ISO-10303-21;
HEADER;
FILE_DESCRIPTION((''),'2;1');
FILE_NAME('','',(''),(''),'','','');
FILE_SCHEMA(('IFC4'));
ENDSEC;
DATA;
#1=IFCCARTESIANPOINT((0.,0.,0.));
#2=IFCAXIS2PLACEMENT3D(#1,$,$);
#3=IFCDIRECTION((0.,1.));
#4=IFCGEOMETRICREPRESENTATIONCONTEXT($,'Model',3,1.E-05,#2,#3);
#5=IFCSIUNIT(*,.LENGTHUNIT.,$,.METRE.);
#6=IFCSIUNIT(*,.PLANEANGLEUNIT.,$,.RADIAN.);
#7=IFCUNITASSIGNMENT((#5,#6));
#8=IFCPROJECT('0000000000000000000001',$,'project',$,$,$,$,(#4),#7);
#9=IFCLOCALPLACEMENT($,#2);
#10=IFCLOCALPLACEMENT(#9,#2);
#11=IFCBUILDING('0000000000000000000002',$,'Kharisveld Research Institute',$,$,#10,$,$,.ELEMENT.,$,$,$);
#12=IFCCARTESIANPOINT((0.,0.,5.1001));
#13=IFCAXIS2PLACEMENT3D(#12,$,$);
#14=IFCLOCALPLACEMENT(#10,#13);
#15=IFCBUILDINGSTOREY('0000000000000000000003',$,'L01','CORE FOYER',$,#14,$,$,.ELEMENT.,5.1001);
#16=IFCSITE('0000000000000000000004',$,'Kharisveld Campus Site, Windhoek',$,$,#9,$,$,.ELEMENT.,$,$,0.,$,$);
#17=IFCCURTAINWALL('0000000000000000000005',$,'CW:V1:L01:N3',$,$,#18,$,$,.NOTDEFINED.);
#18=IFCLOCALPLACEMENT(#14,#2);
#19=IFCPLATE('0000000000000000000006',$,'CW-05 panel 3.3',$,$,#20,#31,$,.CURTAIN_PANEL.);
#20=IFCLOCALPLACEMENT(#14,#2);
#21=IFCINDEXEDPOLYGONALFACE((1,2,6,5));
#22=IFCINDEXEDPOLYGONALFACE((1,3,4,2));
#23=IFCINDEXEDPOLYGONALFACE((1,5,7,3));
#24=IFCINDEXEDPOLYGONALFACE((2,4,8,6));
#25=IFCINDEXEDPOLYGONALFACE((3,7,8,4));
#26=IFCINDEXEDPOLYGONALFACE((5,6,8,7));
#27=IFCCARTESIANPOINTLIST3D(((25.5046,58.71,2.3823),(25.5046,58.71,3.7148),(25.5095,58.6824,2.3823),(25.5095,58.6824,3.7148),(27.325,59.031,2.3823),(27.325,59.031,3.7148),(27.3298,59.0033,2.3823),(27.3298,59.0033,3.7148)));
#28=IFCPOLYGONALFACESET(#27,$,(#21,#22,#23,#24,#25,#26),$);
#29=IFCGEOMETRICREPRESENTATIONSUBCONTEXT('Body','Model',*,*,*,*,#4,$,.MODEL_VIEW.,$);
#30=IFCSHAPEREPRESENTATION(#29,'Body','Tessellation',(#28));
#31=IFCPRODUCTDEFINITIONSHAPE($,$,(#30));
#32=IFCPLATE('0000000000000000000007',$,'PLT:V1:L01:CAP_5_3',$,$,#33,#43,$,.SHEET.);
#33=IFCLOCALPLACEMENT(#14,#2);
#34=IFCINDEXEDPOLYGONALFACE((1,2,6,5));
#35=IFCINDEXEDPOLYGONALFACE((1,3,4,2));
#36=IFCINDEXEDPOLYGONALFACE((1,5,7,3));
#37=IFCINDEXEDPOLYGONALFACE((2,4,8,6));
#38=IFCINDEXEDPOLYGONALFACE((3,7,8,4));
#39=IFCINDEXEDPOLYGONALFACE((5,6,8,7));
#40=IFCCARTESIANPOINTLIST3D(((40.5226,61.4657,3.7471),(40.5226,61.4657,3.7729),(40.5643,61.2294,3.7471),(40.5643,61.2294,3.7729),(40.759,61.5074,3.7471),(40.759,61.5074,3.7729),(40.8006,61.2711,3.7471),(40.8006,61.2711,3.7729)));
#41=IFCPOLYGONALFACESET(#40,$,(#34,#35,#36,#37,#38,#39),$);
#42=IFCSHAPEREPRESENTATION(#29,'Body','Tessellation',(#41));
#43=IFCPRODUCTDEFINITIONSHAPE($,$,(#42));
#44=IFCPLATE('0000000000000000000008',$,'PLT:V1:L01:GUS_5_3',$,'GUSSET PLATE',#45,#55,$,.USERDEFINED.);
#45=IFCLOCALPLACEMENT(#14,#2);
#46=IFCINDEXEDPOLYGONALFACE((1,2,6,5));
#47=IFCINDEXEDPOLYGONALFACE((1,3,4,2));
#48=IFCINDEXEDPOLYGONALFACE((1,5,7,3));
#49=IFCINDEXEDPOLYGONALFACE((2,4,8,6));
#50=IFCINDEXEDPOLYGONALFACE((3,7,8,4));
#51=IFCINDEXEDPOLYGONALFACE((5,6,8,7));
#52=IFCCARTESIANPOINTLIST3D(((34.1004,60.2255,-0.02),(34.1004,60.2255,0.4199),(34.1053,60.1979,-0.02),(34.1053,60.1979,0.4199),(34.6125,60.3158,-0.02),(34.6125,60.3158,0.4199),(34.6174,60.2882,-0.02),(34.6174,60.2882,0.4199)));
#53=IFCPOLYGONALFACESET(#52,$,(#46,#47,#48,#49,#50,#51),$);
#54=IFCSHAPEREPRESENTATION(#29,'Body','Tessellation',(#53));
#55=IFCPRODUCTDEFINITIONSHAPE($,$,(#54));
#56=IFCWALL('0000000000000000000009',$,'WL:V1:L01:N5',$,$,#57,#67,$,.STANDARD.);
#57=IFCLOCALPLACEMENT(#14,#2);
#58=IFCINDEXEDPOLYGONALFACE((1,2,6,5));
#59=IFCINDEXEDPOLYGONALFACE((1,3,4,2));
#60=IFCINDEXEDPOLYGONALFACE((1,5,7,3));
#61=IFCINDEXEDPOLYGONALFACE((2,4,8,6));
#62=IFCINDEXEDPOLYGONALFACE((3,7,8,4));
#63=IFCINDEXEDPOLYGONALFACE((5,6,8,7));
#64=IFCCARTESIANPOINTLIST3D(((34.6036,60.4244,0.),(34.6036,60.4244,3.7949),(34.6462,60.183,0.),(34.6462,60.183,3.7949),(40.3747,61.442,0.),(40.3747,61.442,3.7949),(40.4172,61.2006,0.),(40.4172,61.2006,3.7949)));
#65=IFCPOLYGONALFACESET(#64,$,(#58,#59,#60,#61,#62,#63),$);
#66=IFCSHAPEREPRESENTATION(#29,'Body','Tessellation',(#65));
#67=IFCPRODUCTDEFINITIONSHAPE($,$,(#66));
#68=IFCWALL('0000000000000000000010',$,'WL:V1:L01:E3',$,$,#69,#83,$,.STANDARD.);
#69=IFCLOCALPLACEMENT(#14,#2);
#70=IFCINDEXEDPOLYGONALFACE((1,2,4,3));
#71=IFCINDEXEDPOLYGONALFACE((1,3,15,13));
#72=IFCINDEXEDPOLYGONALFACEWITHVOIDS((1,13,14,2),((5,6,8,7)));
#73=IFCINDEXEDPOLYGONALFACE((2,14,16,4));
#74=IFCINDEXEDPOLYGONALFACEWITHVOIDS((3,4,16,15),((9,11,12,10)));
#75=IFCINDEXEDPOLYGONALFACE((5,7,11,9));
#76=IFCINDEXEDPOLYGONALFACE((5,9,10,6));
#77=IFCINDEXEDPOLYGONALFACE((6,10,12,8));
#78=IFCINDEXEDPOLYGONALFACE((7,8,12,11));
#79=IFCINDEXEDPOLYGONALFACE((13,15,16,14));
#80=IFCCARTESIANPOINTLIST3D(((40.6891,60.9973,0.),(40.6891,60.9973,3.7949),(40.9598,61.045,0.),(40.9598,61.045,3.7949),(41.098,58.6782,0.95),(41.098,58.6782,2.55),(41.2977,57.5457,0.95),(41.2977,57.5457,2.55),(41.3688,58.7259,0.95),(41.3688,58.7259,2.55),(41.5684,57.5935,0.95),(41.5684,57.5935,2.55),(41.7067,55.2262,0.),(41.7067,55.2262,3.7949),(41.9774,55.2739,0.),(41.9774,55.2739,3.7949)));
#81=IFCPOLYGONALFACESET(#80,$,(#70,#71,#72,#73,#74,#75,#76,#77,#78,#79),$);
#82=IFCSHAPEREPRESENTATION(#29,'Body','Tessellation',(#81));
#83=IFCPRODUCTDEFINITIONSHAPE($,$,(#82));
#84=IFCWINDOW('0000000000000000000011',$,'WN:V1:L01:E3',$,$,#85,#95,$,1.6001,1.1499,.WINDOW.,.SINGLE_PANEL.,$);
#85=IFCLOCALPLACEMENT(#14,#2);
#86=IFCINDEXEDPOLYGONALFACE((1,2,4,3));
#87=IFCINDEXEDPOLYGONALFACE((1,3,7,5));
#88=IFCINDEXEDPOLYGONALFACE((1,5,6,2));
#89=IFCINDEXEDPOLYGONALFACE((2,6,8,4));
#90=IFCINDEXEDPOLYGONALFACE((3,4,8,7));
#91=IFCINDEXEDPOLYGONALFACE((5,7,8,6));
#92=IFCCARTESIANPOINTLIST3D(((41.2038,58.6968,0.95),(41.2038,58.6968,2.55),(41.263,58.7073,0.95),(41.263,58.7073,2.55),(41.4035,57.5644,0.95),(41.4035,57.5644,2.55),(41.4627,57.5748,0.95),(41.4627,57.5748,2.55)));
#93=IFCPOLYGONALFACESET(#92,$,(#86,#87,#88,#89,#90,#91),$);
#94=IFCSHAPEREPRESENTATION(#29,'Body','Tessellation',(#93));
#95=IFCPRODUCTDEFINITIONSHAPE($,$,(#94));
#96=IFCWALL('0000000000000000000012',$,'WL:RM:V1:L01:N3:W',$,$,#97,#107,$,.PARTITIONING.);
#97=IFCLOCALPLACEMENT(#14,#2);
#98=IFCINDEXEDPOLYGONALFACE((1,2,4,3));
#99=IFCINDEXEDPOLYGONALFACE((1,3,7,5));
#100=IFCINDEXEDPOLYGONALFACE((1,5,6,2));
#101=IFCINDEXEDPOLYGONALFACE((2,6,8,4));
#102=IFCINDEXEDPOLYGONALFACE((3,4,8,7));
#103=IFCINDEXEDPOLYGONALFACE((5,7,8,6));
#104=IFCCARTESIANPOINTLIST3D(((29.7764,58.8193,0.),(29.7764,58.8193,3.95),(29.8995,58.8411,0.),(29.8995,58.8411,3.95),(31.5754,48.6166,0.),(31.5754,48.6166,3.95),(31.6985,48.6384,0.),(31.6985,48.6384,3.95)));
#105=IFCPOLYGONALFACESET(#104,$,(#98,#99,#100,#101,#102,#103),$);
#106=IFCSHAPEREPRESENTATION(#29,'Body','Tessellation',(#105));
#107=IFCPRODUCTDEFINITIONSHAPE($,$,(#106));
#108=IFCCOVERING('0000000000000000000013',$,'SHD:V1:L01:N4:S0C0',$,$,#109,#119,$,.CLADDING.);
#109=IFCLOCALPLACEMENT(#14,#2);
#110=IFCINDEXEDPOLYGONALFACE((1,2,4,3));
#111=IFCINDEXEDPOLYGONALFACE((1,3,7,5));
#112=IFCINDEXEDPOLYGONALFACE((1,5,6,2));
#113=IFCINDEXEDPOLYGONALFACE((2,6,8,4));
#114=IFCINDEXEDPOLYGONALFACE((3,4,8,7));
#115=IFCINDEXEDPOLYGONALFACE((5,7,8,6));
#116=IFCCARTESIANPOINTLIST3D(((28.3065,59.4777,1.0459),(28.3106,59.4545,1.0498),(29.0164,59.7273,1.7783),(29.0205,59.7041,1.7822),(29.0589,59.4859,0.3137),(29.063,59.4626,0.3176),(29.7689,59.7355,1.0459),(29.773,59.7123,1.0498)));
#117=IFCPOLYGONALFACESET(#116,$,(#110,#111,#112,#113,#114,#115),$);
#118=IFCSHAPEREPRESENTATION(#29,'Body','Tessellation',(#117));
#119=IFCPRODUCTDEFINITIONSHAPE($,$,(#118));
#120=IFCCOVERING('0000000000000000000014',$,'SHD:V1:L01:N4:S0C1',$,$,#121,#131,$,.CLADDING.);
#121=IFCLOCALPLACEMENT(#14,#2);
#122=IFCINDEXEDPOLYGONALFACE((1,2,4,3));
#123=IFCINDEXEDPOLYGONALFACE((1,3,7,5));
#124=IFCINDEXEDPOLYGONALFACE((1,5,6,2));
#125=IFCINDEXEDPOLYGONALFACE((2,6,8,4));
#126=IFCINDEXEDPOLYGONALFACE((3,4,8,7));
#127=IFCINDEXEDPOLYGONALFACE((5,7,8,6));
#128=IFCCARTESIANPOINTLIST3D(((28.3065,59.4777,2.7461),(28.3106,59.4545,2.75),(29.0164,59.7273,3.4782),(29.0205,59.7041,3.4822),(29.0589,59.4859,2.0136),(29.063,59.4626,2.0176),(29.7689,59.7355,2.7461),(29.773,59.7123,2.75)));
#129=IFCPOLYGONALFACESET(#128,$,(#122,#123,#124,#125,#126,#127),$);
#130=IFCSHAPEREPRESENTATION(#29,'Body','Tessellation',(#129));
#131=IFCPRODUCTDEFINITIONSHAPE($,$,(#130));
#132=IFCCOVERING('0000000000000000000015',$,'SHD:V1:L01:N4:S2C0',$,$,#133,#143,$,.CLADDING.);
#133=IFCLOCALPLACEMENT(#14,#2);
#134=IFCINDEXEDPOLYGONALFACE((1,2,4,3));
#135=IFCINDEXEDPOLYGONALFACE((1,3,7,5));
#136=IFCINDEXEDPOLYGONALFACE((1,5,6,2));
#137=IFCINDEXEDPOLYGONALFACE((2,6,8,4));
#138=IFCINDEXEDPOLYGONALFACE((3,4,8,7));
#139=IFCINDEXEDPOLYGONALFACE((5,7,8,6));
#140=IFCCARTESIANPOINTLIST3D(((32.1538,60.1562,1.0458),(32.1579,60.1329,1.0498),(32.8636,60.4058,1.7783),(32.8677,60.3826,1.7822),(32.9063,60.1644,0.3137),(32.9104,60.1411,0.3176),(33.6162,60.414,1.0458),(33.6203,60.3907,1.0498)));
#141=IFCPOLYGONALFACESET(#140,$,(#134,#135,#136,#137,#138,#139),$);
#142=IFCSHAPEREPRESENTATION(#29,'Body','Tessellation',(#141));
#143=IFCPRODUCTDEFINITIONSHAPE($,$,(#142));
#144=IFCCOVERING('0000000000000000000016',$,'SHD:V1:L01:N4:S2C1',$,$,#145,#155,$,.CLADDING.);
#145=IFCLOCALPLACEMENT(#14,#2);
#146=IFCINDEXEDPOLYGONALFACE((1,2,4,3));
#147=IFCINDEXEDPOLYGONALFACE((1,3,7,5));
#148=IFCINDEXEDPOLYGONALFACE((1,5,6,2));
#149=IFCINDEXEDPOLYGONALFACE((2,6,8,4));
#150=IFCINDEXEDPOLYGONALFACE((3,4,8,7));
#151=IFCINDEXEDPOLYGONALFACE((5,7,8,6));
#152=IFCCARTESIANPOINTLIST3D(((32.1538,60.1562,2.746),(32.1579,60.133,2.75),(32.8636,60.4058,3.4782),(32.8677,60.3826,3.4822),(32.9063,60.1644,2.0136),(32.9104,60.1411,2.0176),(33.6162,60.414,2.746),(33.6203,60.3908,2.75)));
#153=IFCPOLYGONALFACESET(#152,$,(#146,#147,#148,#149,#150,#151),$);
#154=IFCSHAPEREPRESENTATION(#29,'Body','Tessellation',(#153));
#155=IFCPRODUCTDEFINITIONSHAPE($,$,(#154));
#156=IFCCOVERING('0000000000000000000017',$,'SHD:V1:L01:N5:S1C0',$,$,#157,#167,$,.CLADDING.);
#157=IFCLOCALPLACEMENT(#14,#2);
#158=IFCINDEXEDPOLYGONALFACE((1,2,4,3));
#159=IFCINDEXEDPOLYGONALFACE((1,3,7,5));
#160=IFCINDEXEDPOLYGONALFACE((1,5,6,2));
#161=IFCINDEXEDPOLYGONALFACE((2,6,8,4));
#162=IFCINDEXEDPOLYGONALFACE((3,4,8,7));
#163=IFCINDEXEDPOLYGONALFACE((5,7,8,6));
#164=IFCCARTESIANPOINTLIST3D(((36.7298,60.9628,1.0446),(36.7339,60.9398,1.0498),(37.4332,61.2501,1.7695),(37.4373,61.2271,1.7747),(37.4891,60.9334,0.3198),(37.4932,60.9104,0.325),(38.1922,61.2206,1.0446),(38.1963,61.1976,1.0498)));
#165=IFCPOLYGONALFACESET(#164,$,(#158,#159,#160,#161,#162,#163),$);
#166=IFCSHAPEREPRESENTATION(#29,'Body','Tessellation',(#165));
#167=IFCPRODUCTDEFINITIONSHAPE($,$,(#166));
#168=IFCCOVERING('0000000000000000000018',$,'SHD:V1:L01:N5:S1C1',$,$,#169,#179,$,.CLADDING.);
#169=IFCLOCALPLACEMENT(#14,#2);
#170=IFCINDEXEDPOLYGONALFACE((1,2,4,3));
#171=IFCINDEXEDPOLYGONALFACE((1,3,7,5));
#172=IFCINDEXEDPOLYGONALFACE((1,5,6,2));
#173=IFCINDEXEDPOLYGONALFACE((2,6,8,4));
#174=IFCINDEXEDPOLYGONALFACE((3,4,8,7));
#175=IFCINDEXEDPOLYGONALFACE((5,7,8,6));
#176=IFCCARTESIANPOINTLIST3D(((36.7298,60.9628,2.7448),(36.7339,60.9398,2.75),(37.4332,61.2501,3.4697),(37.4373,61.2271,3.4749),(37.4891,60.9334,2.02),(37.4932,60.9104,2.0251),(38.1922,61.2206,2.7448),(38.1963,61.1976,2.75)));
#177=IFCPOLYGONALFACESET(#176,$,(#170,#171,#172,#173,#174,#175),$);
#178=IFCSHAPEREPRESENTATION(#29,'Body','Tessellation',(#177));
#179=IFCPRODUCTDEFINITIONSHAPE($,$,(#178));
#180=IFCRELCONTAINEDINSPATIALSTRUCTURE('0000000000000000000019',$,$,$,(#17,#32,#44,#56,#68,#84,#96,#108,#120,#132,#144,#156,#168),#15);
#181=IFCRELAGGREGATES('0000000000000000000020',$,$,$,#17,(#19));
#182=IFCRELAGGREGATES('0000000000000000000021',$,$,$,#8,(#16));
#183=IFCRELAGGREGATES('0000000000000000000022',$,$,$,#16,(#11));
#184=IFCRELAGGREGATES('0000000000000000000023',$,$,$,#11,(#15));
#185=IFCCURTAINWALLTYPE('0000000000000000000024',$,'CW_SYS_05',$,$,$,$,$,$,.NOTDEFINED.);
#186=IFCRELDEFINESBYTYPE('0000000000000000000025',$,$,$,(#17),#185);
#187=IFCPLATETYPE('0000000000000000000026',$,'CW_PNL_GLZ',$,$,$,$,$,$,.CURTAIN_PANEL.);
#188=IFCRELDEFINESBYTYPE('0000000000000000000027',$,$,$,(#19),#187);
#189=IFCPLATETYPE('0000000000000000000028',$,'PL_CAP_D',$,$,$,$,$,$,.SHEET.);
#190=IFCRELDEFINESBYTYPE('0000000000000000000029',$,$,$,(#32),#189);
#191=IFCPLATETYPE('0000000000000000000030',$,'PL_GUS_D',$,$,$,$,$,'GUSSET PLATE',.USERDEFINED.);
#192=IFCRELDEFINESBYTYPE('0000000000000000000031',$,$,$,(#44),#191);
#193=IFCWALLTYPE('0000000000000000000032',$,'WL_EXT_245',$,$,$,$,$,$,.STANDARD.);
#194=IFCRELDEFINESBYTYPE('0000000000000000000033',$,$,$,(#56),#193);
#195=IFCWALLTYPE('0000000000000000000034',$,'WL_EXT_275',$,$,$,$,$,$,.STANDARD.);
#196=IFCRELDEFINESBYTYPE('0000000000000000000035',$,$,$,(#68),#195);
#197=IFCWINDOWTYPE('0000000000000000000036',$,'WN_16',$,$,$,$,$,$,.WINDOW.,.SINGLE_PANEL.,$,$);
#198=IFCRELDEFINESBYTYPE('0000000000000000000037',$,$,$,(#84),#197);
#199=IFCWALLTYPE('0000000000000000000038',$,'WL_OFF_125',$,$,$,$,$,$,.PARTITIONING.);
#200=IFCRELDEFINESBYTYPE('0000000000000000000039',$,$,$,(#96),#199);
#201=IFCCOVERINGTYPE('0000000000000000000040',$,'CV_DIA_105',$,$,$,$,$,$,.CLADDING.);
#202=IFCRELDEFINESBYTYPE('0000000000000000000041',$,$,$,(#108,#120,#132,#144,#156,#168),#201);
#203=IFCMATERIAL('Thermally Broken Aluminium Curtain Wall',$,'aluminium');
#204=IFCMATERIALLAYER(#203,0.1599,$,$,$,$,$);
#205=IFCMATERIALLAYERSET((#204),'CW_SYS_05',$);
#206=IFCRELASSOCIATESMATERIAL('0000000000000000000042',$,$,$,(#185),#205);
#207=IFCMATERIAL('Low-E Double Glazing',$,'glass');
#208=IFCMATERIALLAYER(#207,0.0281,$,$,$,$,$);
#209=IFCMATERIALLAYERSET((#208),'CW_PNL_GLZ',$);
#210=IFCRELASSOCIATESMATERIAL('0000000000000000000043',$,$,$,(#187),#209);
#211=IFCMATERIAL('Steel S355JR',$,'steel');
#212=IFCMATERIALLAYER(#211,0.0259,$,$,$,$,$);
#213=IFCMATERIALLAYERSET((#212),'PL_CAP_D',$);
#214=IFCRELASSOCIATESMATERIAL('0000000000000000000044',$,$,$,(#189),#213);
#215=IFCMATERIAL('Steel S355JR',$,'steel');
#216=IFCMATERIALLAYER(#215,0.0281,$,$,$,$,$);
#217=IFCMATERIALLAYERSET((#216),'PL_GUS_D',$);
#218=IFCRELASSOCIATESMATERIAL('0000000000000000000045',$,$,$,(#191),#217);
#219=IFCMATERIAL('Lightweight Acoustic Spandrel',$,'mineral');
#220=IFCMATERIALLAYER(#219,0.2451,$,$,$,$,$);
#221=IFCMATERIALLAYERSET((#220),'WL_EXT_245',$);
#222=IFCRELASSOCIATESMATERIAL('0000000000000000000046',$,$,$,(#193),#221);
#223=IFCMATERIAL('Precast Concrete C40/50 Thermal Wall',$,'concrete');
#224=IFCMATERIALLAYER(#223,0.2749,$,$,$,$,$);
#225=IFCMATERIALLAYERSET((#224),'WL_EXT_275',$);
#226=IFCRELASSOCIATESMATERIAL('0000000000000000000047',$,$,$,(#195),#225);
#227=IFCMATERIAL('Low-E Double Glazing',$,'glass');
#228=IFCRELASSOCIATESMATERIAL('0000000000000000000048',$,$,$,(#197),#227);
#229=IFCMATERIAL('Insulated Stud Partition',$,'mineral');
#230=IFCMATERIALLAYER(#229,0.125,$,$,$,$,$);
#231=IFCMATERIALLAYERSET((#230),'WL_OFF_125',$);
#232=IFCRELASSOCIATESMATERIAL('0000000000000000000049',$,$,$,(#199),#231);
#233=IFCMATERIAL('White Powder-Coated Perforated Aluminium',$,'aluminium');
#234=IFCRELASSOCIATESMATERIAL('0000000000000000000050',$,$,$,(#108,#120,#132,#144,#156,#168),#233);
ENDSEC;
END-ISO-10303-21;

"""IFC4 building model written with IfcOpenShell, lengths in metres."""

from ifc_helpers import new_model, si_unit, direction, frame, frame_2d, origin, origin_2d, place, context, subcontext, project, spatial, polyline, rectangle, outline, extrude, material, layer, layer_set, type_object, element, fill, aggregate, save


model = new_model("IFC4")

# Units and contexts
model_context = context("Model", 3, precision=1e-05, world=origin(), true_north=direction((0.0, 1.0)))
body_context = subcontext(model_context, "Body", "Model", "MODEL_VIEW")
ifc_project = project(units=[si_unit("LENGTHUNIT", "METRE"), si_unit("PLANEANGLEUNIT", "RADIAN")], contexts=[model_context])

# Site, building, storey
site_placement = place(None, origin())
site = spatial("IfcSite", under=ifc_project, at=site_placement, Name="Kharisveld Campus Site, Windhoek", CompositionType="ELEMENT", RefElevation=0.0)
building_placement = place(site_placement, origin())
building = spatial("IfcBuilding", under=site, at=building_placement, Name="Kharisveld Research Institute", CompositionType="ELEMENT")
storey_placement = place(building_placement, frame((0.0, 0.0, 5.1001)))
storey = spatial("IfcBuildingStorey", under=building, at=storey_placement, Name="L01", Description="CORE FOYER", CompositionType="ELEMENT", Elevation=5.1001)

# Curtain wall
ifc_material_1 = material(Name="Thermally Broken Aluminium Curtain Wall", Category="aluminium")
ifc_layer_1 = layer(ifc_material_1, 0.1599)
ifc_layer_set_1 = layer_set([ifc_layer_1], Name="CW_SYS_05")
curtain_wall_type = type_object("IfcCurtainWallType", Name="CW_SYS_05", PredefinedType="NOTDEFINED", material=ifc_layer_set_1)
curtain_wall_placement = place(storey_placement, origin())
curtain_wall = element("IfcCurtainWall", 1, at=curtain_wall_placement, inside=storey, type_object=curtain_wall_type, Name="CW:V1:L01:N3", PredefinedType="NOTDEFINED")

# Plate
ifc_material_2 = material(Name="Low-E Double Glazing", Category="glass")
ifc_layer_2 = layer(ifc_material_2, 0.0281)
ifc_layer_set_2 = layer_set([ifc_layer_2], Name="CW_PNL_GLZ")
plate_type_1 = type_object("IfcPlateType", Name="CW_PNL_GLZ", PredefinedType="CURTAIN_PANEL", material=ifc_layer_set_2)
plate_1_placement = place(storey_placement, frame((26.4172, 58.8567, 2.3823), z_axis=(0.0, 0.0, 1.0), x_axis=(0.984808, 0.173648, 0.0)))
plate_1 = element("IfcPlate", 2, at=plate_1_placement, type_object=plate_type_1, Name="CW-05 panel 3.3", PredefinedType="CURTAIN_PANEL", context=body_context, shape_type="SweptSolid", body=[
    extrude(rectangle(XDim=1.8484, YDim=0.0281, at=origin_2d()), origin(), (0.0, 0.0, 1.0), 1.3325),
])
aggregate(curtain_wall, [plate_1])

# Plates
ifc_material_3 = material(Name="Steel S355JR", Category="steel")
ifc_layer_3 = layer(ifc_material_3, 0.0259)
ifc_layer_set_3 = layer_set([ifc_layer_3], Name="PL_CAP_D")
plate_type_2 = type_object("IfcPlateType", Name="PL_CAP_D", PredefinedType="SHEET", material=ifc_layer_set_3)
plate_2_placement = place(storey_placement, frame((40.6616, 61.3684, 3.7471), z_axis=(0.0, 0.0, 1.0), x_axis=(0.984808, 0.173648, 0.0)))
element("IfcPlate", 3, at=plate_2_placement, inside=storey, type_object=plate_type_2, Name="PLT:V1:L01:CAP_5_3", PredefinedType="SHEET", context=body_context, shape_type="SweptSolid", body=[
    extrude(rectangle(XDim=0.24, YDim=0.24, at=origin_2d()), origin(), (0.0, 0.0, 1.0), 0.0259),
])
ifc_material_4 = material(Name="Steel S355JR", Category="steel")
ifc_layer_4 = layer(ifc_material_4, 0.0281)
ifc_layer_set_4 = layer_set([ifc_layer_4], Name="PL_GUS_D")
plate_type_3 = type_object("IfcPlateType", Name="PL_GUS_D", ElementType="GUSSET PLATE", PredefinedType="USERDEFINED", material=ifc_layer_set_4)
plate_3_placement = place(storey_placement, frame((34.3589, 60.2568, -0.02), z_axis=(0.0, 0.0, 1.0), x_axis=(0.984808, 0.173648, 0.0)))
element("IfcPlate", 4, at=plate_3_placement, inside=storey, type_object=plate_type_3, Name="PLT:V1:L01:GUS_5_3", ObjectType="GUSSET PLATE", PredefinedType="USERDEFINED", context=body_context, shape_type="SweptSolid", body=[
    extrude(rectangle(XDim=0.52, YDim=0.0281, at=origin_2d()), origin(), (0.0, 0.0, 1.0), 0.4399),
])

# Wall
ifc_material_5 = material(Name="Lightweight Acoustic Spandrel", Category="mineral")
ifc_layer_5 = layer(ifc_material_5, 0.2451)
ifc_layer_set_5 = layer_set([ifc_layer_5], Name="WL_EXT_245")
wall_type_1 = type_object("IfcWallType", Name="WL_EXT_245", PredefinedType="STANDARD", material=ifc_layer_set_5)
wall_1_placement = place(storey_placement, frame((34.6248, 60.3037, 0.0), z_axis=(0.0, 0.0, 1.0), x_axis=(0.984808, 0.173647, 0.0)))
element("IfcWall", 5, at=wall_1_placement, inside=storey, type_object=wall_type_1, Name="WL:V1:L01:N5", PredefinedType="STANDARD", context=body_context, shape_type="SweptSolid", body=[
    extrude(rectangle(XDim=5.8601, YDim=0.2451, at=frame_2d((2.9302, 0.0))), origin(), (0.0, 0.0, 1.0), 3.7949),
])

# Wall, opening, window
ifc_material_6 = material(Name="Precast Concrete C40/50 Thermal Wall", Category="concrete")
ifc_layer_6 = layer(ifc_material_6, 0.2749)
ifc_layer_set_6 = layer_set([ifc_layer_6], Name="WL_EXT_275")
wall_type_2 = type_object("IfcWallType", Name="WL_EXT_275", PredefinedType="STANDARD", material=ifc_layer_set_6)
wall_2_placement = place(storey_placement, frame((40.8245, 61.0212, 0.0), z_axis=(0.0, 0.0, 1.0), x_axis=(0.173647, -0.984808, 0.0)))
wall_2 = element("IfcWall", 6, at=wall_2_placement, inside=storey, type_object=wall_type_2, Name="WL:V1:L01:E3", PredefinedType="STANDARD", context=body_context, shape_type="SweptSolid", body=[
    extrude(rectangle(XDim=5.8601, YDim=0.2749, at=frame_2d((2.9302, 0.0))), origin(), (0.0, 0.0, 1.0), 3.7949),
])
opening_1_placement = place(wall_2_placement, frame((2.355, 0.0, 0.95)))
opening_1 = element("IfcOpeningElement", 7, at=opening_1_placement, cuts=wall_2, PredefinedType="OPENING", context=body_context, shape_type="SweptSolid", body=[
    extrude(rectangle(XDim=1.1499, YDim=1.6001, at=frame_2d((0.575, 0.8))), frame((0.0, 0.1375, 0.0), z_axis=(0.0, -1.0, 0.0), x_axis=(1.0, 0.0, 0.0)), (0.0, 0.0, 1.0), 0.2749),
])
ifc_material_7 = material(Name="Low-E Double Glazing", Category="glass")
window_type_1 = type_object("IfcWindowType", Name="WN_16", PartitioningType="SINGLE_PANEL", PredefinedType="WINDOW", material=ifc_material_7)
window_1_placement = place(opening_1_placement, origin())
window_1 = element("IfcWindow", 8, at=window_1_placement, inside=storey, type_object=window_type_1, Name="WN:V1:L01:E3", OverallHeight=1.6001, OverallWidth=1.1499, PartitioningType="SINGLE_PANEL", PredefinedType="WINDOW", context=body_context, shape_type="SweptSolid", body=[
    extrude(rectangle(XDim=1.1499, YDim=1.6001, at=frame_2d((0.575, 0.8))), frame((0.0, 0.03, 0.0), z_axis=(0.0, -1.0, 0.0), x_axis=(1.0, 0.0, 0.0)), (0.0, 0.0, 1.0), 0.0601),
])
fill(opening_1, window_1)

# Wall
ifc_material_8 = material(Name="Insulated Stud Partition", Category="mineral")
ifc_layer_7 = layer(ifc_material_8, 0.125)
ifc_layer_set_7 = layer_set([ifc_layer_7], Name="WL_OFF_125")
wall_type_3 = type_object("IfcWallType", Name="WL_OFF_125", PredefinedType="PARTITIONING", material=ifc_layer_set_7)
wall_3_placement = place(storey_placement, frame((29.8379, 58.8303, 0.0), z_axis=(0.0, 0.0, 1.0), x_axis=(0.173655, -0.984807, 0.0)))
element("IfcWall", 9, at=wall_3_placement, inside=storey, type_object=wall_type_3, Name="WL:RM:V1:L01:N3:W", PredefinedType="PARTITIONING", context=body_context, shape_type="SweptSolid", body=[
    extrude(rectangle(XDim=10.3601, YDim=0.125, at=frame_2d((5.1802, 0.0))), origin(), (0.0, 0.0, 1.0), 3.95),
])

# Coverings
ifc_material_9 = material(Name="White Powder-Coated Perforated Aluminium", Category="aluminium")
covering_type = type_object("IfcCoveringType", Name="CV_DIA_105", PredefinedType="CLADDING")
covering_1_placement = place(storey_placement, frame((29.063, 59.4626, 0.3176), z_axis=(0.171234, -0.971299, 0.165096), x_axis=(0.676174, 0.237734, 0.697332)))
element("IfcCovering", 10, at=covering_1_placement, inside=storey, type_object=covering_type, material=ifc_material_9, Name="SHD:V1:L01:N4:S0C0", PredefinedType="CLADDING", context=body_context, shape_type="SweptSolid", body=[
    extrude(outline(polyline([(0.0, 0.0), (1.05, 0.0), (1.05, 1.0501), (-0.0001, 1.0499), (0.0, 0.0)])), origin(), (0.0, 0.0, -1.0), 0.0239),
])
covering_2_placement = place(storey_placement, frame((29.063, 59.4626, 2.0176), z_axis=(0.171234, -0.971299, 0.165096), x_axis=(0.676058, 0.237732, 0.697445)))
element("IfcCovering", 11, at=covering_2_placement, inside=storey, type_object=covering_type, material=ifc_material_9, Name="SHD:V1:L01:N4:S0C1", PredefinedType="CLADDING", context=body_context, shape_type="SweptSolid", body=[
    extrude(outline(polyline([(0.0, 0.0), (1.0502, 0.0), (1.0502, 1.0499), (0.0002, 1.0501), (0.0, 0.0)])), origin(), (0.0, 0.0, -1.0), 0.0239),
])
covering_3_placement = place(storey_placement, frame((32.9104, 60.1411, 0.3176), z_axis=(0.171233, -0.971295, 0.165124), x_axis=(0.676169, 0.237753, 0.69733)))
element("IfcCovering", 12, at=covering_3_placement, inside=storey, type_object=covering_type, material=ifc_material_9, Name="SHD:V1:L01:N4:S2C0", PredefinedType="CLADDING", context=body_context, shape_type="SweptSolid", body=[
    extrude(outline(polyline([(0.0, 0.0), (1.0499, 0.0), (1.0498, 1.0503), (-0.0002, 1.0499), (0.0, 0.0)])), origin(), (0.0, 0.0, -1.0), 0.0239),
])
covering_4_placement = place(storey_placement, frame((32.9104, 60.1411, 2.0176), z_axis=(0.171233, -0.971295, 0.165124), x_axis=(0.676053, 0.237752, 0.697443)))
element("IfcCovering", 13, at=covering_4_placement, inside=storey, type_object=covering_type, material=ifc_material_9, Name="SHD:V1:L01:N4:S2C1", PredefinedType="CLADDING", context=body_context, shape_type="SweptSolid", body=[
    extrude(outline(polyline([(0.0, 0.0), (1.0501, 0.0), (1.05, 1.0501), (0.0002, 1.0501), (0.0, 0.0)])), origin(), (0.0, 0.0, -1.0), 0.0239),
])
for number, where, z_axis, x_axis, name in (
    (14, (37.4932, 60.9104, 0.325), (0.169497, -0.961447, 0.21654), (0.66971, 0.27356, 0.690402), "SHD:V1:L01:N5:S1C0"),
    (15, (37.4932, 60.9104, 2.0251), (0.169497, -0.961447, 0.21654), (0.66971, 0.27356, 0.690402), "SHD:V1:L01:N5:S1C1"),
):
    element("IfcCovering", number, at=place(storey_placement, frame(where, z_axis=z_axis, x_axis=x_axis)), inside=storey, type_object=covering_type, material=ifc_material_9, Name=name, PredefinedType="CLADDING", context=body_context, shape_type="SweptSolid", body=[
        extrude(outline(polyline([(0.0, 0.0), (1.0499, 0.0), (1.0501, 1.05), (0.0, 1.0501), (0.0, 0.0)])), origin(), (0.0, 0.0, -1.0), 0.0239),
    ])

save(model, "model.ifc")
